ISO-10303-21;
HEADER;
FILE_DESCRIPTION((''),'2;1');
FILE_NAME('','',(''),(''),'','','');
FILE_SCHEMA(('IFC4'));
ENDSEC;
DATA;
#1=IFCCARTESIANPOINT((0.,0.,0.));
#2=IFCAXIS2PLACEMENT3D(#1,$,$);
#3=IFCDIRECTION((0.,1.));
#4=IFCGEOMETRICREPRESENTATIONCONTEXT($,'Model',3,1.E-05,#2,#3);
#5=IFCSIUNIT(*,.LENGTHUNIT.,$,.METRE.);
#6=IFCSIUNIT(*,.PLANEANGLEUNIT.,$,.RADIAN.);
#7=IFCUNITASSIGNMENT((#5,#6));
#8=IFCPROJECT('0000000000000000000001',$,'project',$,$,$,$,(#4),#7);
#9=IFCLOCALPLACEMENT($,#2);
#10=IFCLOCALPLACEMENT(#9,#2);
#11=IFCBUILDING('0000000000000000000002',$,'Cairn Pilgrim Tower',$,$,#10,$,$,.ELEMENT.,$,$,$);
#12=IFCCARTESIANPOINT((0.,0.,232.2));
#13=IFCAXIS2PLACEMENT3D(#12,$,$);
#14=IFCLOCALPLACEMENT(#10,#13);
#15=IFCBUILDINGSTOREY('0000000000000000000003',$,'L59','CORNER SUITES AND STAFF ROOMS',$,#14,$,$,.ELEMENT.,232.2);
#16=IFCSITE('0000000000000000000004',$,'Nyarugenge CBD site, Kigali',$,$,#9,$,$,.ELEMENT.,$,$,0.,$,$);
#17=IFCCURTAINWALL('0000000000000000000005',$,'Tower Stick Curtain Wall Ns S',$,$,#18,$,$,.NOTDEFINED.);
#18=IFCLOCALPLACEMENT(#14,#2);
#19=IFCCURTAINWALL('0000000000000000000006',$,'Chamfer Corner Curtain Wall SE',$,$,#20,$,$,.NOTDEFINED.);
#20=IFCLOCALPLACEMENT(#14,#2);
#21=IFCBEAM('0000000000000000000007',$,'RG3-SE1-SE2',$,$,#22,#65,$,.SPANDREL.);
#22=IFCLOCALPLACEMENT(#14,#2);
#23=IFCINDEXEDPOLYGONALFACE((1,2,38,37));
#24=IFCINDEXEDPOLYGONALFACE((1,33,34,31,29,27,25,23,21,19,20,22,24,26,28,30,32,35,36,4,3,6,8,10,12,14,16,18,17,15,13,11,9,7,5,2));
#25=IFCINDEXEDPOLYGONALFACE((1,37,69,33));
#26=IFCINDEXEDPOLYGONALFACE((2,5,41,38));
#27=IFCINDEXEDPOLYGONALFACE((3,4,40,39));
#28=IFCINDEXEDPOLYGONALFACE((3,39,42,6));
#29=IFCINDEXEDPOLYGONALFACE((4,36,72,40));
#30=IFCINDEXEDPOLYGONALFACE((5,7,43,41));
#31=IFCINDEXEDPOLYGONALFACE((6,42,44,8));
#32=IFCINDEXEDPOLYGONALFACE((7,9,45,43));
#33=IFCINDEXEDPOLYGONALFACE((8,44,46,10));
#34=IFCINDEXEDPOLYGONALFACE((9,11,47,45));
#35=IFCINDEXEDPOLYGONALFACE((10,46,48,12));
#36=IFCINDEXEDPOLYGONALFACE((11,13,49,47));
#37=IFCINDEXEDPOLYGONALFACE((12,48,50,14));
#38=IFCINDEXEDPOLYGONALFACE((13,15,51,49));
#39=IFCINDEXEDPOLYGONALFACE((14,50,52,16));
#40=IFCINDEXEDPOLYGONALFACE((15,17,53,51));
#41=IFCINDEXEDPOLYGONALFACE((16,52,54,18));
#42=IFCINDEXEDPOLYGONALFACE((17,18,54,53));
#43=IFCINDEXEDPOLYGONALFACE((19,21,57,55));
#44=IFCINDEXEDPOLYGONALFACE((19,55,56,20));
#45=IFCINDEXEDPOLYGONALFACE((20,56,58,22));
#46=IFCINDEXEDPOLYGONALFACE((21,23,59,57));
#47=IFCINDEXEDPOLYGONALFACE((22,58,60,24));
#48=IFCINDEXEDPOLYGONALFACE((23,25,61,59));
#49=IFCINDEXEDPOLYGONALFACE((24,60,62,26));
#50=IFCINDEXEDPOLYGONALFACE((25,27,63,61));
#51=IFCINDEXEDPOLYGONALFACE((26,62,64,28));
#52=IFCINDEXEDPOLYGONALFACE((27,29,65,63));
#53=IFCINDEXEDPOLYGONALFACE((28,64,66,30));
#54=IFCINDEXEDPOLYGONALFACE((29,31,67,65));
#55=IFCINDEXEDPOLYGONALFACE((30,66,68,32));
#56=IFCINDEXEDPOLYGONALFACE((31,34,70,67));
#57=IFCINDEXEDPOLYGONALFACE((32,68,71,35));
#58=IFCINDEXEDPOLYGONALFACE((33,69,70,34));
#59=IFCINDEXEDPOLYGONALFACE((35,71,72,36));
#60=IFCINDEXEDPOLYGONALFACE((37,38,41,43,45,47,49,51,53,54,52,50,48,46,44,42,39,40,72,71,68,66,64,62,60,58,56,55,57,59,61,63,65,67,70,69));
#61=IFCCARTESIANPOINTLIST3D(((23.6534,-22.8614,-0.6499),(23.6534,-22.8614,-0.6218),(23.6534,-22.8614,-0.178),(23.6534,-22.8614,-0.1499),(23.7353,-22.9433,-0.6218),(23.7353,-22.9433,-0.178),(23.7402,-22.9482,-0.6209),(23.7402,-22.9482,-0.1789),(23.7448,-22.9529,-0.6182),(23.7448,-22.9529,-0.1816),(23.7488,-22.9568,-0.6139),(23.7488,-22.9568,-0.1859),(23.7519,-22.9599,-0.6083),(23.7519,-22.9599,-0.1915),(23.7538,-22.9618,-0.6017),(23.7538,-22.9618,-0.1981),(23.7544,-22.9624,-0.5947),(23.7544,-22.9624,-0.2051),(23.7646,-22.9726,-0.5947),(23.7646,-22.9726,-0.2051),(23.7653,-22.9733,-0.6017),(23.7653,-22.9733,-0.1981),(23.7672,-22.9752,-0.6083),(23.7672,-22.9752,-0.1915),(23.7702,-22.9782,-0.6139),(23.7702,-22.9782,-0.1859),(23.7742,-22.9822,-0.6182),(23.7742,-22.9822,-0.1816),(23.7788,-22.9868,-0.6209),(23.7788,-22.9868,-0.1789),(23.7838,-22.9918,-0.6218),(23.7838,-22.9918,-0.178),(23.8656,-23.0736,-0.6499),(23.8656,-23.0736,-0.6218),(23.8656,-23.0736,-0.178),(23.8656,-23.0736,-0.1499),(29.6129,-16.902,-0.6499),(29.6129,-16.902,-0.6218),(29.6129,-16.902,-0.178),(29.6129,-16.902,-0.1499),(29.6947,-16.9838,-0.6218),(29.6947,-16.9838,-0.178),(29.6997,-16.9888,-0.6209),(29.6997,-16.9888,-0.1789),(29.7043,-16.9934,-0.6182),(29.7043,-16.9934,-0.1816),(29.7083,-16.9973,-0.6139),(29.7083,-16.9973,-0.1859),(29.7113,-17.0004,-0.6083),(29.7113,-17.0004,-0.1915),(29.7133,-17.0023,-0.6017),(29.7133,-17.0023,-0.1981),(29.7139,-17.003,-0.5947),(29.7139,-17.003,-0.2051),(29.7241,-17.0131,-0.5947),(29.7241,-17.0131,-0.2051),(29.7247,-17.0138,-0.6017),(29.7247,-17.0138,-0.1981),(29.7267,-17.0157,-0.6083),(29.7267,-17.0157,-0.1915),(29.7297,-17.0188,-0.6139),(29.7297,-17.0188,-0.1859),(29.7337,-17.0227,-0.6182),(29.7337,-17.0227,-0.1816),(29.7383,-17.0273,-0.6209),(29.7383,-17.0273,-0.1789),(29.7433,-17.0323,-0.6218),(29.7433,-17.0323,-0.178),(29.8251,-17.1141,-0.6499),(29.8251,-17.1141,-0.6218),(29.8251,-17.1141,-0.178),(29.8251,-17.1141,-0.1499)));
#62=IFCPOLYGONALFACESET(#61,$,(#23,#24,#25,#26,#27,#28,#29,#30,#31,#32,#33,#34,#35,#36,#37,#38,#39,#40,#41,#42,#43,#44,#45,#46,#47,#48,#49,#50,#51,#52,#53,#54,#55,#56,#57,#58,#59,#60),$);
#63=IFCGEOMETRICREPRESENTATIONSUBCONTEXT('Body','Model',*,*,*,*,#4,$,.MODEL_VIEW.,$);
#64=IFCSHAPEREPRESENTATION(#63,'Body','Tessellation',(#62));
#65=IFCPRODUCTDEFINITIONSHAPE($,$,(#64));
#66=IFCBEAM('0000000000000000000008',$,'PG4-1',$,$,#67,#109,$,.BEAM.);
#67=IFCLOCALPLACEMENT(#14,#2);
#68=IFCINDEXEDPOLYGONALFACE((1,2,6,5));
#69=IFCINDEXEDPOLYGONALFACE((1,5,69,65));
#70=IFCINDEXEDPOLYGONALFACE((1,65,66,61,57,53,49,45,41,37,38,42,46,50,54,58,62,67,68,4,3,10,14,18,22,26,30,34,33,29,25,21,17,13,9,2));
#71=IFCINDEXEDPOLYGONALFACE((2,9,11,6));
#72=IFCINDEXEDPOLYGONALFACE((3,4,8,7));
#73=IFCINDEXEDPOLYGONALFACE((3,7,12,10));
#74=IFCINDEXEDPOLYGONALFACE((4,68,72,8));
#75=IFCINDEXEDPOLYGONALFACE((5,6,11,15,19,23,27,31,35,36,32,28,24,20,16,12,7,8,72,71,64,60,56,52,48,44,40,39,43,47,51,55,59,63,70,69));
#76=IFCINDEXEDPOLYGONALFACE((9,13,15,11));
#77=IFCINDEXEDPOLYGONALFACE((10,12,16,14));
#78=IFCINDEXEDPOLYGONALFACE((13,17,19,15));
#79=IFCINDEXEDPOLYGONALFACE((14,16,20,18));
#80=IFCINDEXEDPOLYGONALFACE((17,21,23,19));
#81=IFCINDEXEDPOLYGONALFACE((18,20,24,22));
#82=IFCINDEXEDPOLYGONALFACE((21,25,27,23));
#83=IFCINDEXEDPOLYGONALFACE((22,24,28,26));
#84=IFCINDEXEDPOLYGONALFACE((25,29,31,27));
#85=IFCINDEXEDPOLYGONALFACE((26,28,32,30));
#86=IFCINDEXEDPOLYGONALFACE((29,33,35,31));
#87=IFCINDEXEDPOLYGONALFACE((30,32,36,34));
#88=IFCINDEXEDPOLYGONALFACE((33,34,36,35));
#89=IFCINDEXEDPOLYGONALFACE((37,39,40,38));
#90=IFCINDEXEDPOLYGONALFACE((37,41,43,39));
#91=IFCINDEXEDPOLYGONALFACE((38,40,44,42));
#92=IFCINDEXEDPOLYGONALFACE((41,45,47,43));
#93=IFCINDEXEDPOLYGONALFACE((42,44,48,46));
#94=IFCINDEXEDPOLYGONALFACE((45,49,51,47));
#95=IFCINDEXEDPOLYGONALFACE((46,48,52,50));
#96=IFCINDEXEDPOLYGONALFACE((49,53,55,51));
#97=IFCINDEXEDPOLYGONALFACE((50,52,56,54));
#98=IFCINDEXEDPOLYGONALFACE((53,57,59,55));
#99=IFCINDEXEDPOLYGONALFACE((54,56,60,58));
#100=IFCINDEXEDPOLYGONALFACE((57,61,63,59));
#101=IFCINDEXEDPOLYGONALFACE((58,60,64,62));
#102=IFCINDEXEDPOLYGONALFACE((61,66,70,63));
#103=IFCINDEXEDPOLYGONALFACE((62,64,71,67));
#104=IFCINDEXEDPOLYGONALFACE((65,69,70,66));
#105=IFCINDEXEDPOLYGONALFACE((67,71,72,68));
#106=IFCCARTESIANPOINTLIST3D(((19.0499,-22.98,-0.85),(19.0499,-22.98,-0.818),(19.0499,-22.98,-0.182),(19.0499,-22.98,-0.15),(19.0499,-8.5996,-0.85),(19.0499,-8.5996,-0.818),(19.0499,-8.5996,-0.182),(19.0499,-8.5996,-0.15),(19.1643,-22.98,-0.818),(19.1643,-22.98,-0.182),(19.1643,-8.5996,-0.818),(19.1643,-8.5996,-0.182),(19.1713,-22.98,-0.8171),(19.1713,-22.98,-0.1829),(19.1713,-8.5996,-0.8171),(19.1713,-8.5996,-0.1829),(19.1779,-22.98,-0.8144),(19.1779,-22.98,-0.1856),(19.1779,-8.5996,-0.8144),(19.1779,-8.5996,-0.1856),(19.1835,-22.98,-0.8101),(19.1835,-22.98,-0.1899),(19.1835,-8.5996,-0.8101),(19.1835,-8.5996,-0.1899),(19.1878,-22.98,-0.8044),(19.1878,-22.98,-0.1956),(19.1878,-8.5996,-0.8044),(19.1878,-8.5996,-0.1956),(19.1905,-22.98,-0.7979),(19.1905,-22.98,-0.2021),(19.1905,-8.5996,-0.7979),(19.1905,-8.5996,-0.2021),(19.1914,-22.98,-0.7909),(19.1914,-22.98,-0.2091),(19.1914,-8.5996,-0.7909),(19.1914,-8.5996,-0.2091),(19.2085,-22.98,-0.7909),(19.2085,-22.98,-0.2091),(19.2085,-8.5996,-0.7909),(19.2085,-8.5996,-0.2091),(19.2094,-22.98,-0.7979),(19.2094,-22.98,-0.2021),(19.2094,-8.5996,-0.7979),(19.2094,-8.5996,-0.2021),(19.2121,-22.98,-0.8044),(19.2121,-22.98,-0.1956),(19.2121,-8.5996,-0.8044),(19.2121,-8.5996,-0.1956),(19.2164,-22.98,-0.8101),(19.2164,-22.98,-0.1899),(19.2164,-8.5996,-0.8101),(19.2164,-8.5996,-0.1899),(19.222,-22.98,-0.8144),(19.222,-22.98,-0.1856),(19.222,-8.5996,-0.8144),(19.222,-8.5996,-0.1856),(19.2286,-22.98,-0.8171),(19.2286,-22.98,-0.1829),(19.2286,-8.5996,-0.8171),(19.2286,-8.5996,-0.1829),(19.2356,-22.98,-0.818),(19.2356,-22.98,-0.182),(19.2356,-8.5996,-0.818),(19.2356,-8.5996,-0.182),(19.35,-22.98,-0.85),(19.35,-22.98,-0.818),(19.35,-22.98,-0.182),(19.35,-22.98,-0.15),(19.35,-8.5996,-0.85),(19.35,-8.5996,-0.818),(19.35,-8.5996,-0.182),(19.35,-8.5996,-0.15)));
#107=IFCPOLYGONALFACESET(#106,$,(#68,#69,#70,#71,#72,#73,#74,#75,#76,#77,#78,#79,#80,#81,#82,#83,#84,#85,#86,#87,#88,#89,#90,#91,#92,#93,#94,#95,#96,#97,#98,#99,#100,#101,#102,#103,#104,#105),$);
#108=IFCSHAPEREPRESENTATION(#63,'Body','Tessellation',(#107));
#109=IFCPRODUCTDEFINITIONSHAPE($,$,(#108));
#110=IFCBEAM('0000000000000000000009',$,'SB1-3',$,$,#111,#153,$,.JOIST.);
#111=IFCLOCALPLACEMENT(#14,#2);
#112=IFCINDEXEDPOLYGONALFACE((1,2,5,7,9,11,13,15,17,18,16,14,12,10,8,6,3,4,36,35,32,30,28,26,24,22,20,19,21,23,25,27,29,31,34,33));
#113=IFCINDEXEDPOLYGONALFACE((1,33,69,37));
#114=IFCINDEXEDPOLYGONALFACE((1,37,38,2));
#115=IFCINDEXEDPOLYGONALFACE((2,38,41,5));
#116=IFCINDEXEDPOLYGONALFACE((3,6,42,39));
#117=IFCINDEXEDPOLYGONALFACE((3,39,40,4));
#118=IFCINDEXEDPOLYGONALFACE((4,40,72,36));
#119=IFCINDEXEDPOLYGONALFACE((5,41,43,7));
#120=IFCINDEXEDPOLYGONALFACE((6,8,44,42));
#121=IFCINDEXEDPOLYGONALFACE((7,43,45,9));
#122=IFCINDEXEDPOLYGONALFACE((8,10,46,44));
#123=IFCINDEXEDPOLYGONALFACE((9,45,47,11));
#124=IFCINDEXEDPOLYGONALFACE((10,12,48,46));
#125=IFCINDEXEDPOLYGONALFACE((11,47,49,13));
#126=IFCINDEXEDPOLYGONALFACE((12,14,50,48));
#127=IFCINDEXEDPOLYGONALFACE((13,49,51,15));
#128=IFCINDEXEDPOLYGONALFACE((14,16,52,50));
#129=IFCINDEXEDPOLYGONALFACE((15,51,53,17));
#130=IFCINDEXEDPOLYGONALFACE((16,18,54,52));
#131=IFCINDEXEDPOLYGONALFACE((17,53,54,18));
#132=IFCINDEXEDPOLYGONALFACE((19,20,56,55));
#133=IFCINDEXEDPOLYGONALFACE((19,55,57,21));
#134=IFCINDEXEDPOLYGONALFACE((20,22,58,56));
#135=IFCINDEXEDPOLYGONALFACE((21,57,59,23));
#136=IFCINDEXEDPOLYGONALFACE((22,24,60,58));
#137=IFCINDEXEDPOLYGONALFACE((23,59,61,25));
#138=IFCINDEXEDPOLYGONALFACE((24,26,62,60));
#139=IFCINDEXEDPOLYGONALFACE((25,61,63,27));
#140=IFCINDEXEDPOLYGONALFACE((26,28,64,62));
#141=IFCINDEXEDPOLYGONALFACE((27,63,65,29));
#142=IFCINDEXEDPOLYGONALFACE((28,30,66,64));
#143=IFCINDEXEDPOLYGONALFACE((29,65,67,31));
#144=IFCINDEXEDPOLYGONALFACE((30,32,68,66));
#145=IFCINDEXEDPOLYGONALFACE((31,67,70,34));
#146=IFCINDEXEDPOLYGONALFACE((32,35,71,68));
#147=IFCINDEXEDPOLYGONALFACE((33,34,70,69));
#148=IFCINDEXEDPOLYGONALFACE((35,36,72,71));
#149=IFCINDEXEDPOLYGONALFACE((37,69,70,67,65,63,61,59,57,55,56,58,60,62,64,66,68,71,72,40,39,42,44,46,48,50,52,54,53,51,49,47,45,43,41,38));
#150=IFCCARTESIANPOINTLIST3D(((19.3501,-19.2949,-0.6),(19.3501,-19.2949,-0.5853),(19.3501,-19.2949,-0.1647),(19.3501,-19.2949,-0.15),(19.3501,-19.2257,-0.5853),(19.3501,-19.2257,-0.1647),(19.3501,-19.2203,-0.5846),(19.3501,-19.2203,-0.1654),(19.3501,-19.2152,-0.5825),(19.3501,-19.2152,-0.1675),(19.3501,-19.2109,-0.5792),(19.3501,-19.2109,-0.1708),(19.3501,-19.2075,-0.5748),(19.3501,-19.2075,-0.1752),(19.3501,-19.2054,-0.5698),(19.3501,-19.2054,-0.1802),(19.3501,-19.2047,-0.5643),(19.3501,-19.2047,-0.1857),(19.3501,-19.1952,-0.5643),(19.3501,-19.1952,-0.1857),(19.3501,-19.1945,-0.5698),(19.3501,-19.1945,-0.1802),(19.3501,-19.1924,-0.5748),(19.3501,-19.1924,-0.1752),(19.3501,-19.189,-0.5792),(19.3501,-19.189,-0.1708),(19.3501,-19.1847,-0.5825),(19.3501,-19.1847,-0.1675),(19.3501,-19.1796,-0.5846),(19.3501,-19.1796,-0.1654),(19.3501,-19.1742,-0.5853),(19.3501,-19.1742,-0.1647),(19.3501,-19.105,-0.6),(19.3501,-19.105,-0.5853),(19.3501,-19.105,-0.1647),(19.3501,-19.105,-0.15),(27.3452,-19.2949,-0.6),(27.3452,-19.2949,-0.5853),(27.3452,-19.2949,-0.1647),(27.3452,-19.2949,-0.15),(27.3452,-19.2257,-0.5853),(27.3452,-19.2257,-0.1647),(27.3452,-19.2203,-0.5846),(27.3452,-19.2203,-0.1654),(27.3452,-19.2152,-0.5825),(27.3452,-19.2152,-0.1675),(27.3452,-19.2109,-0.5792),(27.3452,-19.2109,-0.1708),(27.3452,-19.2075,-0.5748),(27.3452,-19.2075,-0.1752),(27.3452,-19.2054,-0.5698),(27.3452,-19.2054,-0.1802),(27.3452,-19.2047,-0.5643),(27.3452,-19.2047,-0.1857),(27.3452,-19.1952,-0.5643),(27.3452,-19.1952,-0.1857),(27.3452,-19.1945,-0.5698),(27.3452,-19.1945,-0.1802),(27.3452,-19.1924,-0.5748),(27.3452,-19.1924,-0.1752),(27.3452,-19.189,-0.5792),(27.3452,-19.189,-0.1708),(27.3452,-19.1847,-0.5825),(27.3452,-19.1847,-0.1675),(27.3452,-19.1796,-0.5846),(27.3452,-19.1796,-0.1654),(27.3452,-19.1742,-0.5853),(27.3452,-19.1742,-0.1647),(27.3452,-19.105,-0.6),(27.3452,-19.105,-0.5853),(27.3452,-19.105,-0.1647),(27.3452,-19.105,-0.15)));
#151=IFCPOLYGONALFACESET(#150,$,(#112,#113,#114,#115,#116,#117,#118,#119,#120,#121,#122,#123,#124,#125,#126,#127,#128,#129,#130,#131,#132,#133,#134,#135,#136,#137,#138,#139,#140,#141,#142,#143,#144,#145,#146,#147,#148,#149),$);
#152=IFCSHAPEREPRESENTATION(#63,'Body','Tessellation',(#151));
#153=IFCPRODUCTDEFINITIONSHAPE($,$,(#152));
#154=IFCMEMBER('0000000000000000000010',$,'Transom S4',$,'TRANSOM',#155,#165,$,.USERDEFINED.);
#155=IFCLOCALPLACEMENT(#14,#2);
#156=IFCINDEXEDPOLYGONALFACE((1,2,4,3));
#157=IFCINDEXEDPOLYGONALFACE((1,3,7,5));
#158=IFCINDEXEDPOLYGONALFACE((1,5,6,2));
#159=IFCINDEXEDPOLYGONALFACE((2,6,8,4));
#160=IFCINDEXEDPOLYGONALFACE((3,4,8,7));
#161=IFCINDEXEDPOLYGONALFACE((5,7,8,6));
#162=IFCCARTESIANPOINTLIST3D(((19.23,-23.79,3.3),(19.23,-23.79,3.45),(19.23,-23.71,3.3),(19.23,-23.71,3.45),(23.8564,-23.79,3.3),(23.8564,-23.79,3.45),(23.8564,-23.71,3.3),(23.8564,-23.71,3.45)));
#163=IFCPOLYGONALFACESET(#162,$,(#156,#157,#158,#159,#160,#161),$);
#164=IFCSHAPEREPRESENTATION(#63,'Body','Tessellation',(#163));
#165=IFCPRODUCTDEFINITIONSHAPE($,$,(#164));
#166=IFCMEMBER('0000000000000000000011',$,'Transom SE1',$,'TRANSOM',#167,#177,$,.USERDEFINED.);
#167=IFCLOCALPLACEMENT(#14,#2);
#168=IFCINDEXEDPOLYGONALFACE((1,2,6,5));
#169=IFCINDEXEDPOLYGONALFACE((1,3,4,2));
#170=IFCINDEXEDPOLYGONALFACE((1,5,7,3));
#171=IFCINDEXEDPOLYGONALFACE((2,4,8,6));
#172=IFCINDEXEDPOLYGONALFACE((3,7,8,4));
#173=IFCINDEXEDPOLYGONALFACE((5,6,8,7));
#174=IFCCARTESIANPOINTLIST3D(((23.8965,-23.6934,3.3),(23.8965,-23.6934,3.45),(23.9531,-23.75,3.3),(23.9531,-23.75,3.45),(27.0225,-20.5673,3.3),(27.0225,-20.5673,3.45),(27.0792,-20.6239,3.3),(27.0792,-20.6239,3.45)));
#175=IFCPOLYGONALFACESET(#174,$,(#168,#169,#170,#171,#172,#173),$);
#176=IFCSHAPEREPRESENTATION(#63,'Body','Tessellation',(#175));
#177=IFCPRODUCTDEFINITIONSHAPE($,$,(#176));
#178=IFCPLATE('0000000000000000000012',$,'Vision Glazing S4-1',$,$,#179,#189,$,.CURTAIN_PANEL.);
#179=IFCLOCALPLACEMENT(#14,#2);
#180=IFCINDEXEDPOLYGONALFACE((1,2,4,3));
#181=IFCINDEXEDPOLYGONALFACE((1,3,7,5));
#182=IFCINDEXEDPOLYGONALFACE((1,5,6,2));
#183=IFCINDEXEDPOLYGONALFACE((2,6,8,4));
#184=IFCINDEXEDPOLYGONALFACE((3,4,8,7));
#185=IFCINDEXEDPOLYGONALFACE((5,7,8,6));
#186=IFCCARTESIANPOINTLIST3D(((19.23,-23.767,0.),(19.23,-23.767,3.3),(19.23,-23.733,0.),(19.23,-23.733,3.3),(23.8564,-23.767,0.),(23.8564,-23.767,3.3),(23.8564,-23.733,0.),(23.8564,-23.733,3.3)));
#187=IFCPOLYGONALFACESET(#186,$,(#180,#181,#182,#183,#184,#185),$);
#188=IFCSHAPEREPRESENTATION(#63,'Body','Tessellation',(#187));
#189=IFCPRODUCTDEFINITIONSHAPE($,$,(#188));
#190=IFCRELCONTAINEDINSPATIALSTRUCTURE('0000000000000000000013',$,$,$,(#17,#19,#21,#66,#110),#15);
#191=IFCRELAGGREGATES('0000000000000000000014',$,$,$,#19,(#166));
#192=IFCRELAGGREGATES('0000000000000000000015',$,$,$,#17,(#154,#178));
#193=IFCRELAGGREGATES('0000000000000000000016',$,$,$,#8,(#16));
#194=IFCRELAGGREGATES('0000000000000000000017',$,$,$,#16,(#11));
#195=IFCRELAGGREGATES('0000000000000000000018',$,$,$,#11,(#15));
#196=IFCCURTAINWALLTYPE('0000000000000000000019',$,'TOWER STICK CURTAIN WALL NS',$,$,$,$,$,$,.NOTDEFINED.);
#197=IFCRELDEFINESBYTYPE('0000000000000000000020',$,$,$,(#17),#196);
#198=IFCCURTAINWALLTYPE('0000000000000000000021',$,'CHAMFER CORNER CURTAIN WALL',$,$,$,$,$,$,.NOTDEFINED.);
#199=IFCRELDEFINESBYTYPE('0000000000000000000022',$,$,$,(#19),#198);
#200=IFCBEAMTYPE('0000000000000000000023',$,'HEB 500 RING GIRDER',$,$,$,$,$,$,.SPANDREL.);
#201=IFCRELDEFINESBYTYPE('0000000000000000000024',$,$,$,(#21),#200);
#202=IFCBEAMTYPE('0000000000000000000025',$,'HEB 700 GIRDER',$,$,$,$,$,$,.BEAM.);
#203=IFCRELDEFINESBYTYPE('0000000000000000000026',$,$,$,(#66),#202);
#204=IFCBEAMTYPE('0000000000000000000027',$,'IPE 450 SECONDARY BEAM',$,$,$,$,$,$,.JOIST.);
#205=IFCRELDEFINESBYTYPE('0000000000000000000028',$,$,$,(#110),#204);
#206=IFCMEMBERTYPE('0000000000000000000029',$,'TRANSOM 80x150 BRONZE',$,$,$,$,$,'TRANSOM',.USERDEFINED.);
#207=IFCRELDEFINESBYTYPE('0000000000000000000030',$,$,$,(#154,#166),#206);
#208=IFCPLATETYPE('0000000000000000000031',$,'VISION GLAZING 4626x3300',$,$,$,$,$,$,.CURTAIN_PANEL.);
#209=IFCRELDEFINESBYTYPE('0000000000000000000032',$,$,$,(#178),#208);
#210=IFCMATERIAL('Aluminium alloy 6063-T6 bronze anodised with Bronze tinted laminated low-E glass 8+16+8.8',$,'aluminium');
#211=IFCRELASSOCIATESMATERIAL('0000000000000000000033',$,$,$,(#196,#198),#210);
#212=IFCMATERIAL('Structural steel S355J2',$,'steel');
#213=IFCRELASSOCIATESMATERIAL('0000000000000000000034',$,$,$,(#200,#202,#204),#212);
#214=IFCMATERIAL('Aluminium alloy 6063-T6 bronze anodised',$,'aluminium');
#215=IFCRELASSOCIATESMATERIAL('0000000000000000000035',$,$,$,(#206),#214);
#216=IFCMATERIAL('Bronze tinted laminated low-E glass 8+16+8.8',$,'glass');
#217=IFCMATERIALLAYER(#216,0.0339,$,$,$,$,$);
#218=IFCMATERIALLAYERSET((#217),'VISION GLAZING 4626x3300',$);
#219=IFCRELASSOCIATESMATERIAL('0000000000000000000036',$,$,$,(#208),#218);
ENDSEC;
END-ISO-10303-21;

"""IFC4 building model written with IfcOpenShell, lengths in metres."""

from ifc_helpers import new_model, si_unit, direction, frame, origin, origin_2d, place, context, subcontext, project, spatial, rectangle, i_section, extrude, material, layer, layer_set, material_profile, profile_set, type_object, element, aggregate, save


model = new_model("IFC4")

# Units and contexts
model_context = context("Model", 3, precision=1e-05, world=origin(), true_north=direction((0.0, 1.0)))
body_context = subcontext(model_context, "Body", "Model", "MODEL_VIEW")
ifc_project = project(units=[si_unit("LENGTHUNIT", "METRE"), si_unit("PLANEANGLEUNIT", "RADIAN")], contexts=[model_context])

# Site, building, storey
site_placement = place(None, origin())
site = spatial("IfcSite", under=ifc_project, at=site_placement, Name="Nyarugenge CBD site, Kigali", CompositionType="ELEMENT", RefElevation=0.0)
building_placement = place(site_placement, origin())
building = spatial("IfcBuilding", under=site, at=building_placement, Name="Cairn Pilgrim Tower", CompositionType="ELEMENT")
storey_placement = place(building_placement, frame((0.0, 0.0, 232.2)))
storey = spatial("IfcBuildingStorey", under=building, at=storey_placement, Name="L59", Description="CORNER SUITES AND STAFF ROOMS", CompositionType="ELEMENT", Elevation=232.2)

# Curtain wall
ifc_material_1 = material(Name="Aluminium alloy 6063-T6 bronze anodised with Bronze tinted laminated low-E glass 8+16+8.8", Category="aluminium")
curtain_wall_type_1 = type_object("IfcCurtainWallType", Name="TOWER STICK CURTAIN WALL NS", PredefinedType="NOTDEFINED", material=ifc_material_1)
curtain_wall_1_placement = place(storey_placement, origin())
curtain_wall_1 = element("IfcCurtainWall", 1, at=curtain_wall_1_placement, inside=storey, type_object=curtain_wall_type_1, Name="Tower Stick Curtain Wall Ns S", PredefinedType="NOTDEFINED")
ifc_material_2 = material(Name="Aluminium alloy 6063-T6 bronze anodised", Category="aluminium")

# Curtain wall
curtain_wall_type_2 = type_object("IfcCurtainWallType", Name="CHAMFER CORNER CURTAIN WALL", PredefinedType="NOTDEFINED", material=ifc_material_1)
curtain_wall_2_placement = place(storey_placement, origin())
curtain_wall_2 = element("IfcCurtainWall", 2, at=curtain_wall_2_placement, inside=storey, type_object=curtain_wall_type_2, Name="Chamfer Corner Curtain Wall SE", PredefinedType="NOTDEFINED")

# Beams
ifc_material_3 = material(Name="Structural steel S355J2", Category="steel")
ifc_material_profile_1 = material_profile(ifc_material_3, i_section(OverallWidth=0.3, OverallDepth=0.5, WebThickness=0.0144, FlangeThickness=0.0281, FilletRadius=0.0271, at=origin_2d()), Name="HEB 500")
ifc_profile_set_1 = profile_set([ifc_material_profile_1], Name="Structural steel S355J2")
beam_type_1 = type_object("IfcBeamType", Name="HEB 500 RING GIRDER", PredefinedType="SPANDREL", material=ifc_profile_set_1)
beam_1_placement = place(storey_placement, frame((23.7595, -22.9675, -0.3999), z_axis=(0.707107, 0.707107, 0.0), x_axis=(-0.707107, 0.707107, 0.0)))
element("IfcBeam", 3, at=beam_1_placement, inside=storey, type_object=beam_type_1, Name="RG3-SE1-SE2", PredefinedType="SPANDREL", context=body_context, shape_type="SweptSolid", body=[
    extrude(i_section(OverallWidth=0.3, OverallDepth=0.5, WebThickness=0.0144, FlangeThickness=0.0281, FilletRadius=0.0271, at=origin_2d()), origin(), (0.0, 0.0, 1.0), 8.428),
])
ifc_material_profile_2 = material_profile(ifc_material_3, i_section(OverallWidth=0.3, OverallDepth=0.7, WebThickness=0.0171, FlangeThickness=0.032, FilletRadius=0.0271, at=origin_2d()), Name="HEB 700")
ifc_profile_set_2 = profile_set([ifc_material_profile_2], Name="Structural steel S355J2")
beam_type_2 = type_object("IfcBeamType", Name="HEB 700 GIRDER", PredefinedType="BEAM", material=ifc_profile_set_2)
beam_2_placement = place(storey_placement, frame((19.2, -22.98, -0.5), z_axis=(0.0, 1.0, 0.0), x_axis=(-1.0, 0.0, 0.0)))
element("IfcBeam", 4, at=beam_2_placement, inside=storey, type_object=beam_type_2, Name="PG4-1", PredefinedType="BEAM", context=body_context, shape_type="SweptSolid", body=[
    extrude(i_section(OverallWidth=0.3, OverallDepth=0.7, WebThickness=0.0171, FlangeThickness=0.032, FilletRadius=0.0271, at=origin_2d()), origin(), (0.0, 0.0, 1.0), 14.3804),
])
ifc_material_profile_3 = material_profile(ifc_material_3, i_section(OverallWidth=0.1899, OverallDepth=0.45, WebThickness=0.0095, FlangeThickness=0.0146, FilletRadius=0.021, at=origin_2d()), Name="IPE 450")
ifc_profile_set_3 = profile_set([ifc_material_profile_3], Name="Structural steel S355J2")
beam_type_3 = type_object("IfcBeamType", Name="IPE 450 SECONDARY BEAM", PredefinedType="JOIST", material=ifc_profile_set_3)
beam_3_placement = place(storey_placement, frame((19.3501, -19.2, -0.375), z_axis=(1.0, 0.0, 0.0), x_axis=(0.0, 1.0, 0.0)))
element("IfcBeam", 5, at=beam_3_placement, inside=storey, type_object=beam_type_3, Name="SB1-3", PredefinedType="JOIST", context=body_context, shape_type="SweptSolid", body=[
    extrude(i_section(OverallWidth=0.1899, OverallDepth=0.45, WebThickness=0.0095, FlangeThickness=0.0146, FilletRadius=0.021, at=origin_2d()), origin(), (0.0, 0.0, 1.0), 7.9951),
])

# Members
ifc_material_profile_4 = material_profile(ifc_material_2, rectangle(XDim=0.0801, YDim=0.1499, at=origin_2d()), Name="TRANSOM 80x150 BRONZE")
ifc_profile_set_4 = profile_set([ifc_material_profile_4], Name="Aluminium alloy 6063-T6 bronze anodised")
member_type_1 = type_object("IfcMemberType", Name="TRANSOM 80x150 BRONZE", ElementType="TRANSOM", PredefinedType="USERDEFINED", material=ifc_profile_set_4)
member_1_placement = place(storey_placement, frame((19.23, -23.75, 3.375), z_axis=(1.0, 0.0, 0.0), x_axis=(0.0, 1.0, 0.0)))
member_1 = element("IfcMember", 6, at=member_1_placement, type_object=member_type_1, Name="Transom S4", ObjectType="TRANSOM", PredefinedType="USERDEFINED", context=body_context, shape_type="SweptSolid", body=[
    extrude(rectangle(XDim=0.0801, YDim=0.1499, at=origin_2d()), origin(), (0.0, 0.0, 1.0), 4.6265),
])
member_2_placement = place(storey_placement, frame((23.9248, -23.7217, 3.375), z_axis=(0.707107, 0.707107, 0.0), x_axis=(-0.707107, 0.707107, 0.0)))
member_2 = element("IfcMember", 7, at=member_2_placement, type_object=member_type_1, Name="Transom SE1", ObjectType="TRANSOM", PredefinedType="USERDEFINED", context=body_context, shape_type="SweptSolid", body=[
    extrude(rectangle(XDim=0.0801, YDim=0.1499, at=origin_2d()), origin(), (0.0, 0.0, 1.0), 4.4209),
])
aggregate(curtain_wall_2, [member_2])

# Plate
ifc_material_4 = material(Name="Bronze tinted laminated low-E glass 8+16+8.8", Category="glass")
ifc_layer_1 = layer(ifc_material_4, 0.0339)
ifc_layer_set_1 = layer_set([ifc_layer_1], Name="VISION GLAZING 4626x3300")
plate_type = type_object("IfcPlateType", Name="VISION GLAZING 4626x3300", PredefinedType="CURTAIN_PANEL", material=ifc_layer_set_1)
plate_placement = place(storey_placement, frame((21.5432, -23.75, 0.0), z_axis=(0.0, 0.0, 1.0), x_axis=(1.0, 0.0, 0.0)))
plate = element("IfcPlate", 8, at=plate_placement, type_object=plate_type, Name="Vision Glazing S4-1", PredefinedType="CURTAIN_PANEL", context=body_context, shape_type="SweptSolid", body=[
    extrude(rectangle(XDim=4.6265, YDim=0.0339, at=origin_2d()), origin(), (0.0, 0.0, 1.0), 3.3),
])
aggregate(curtain_wall_1, [member_1, plate])

save(model, "model.ifc")
